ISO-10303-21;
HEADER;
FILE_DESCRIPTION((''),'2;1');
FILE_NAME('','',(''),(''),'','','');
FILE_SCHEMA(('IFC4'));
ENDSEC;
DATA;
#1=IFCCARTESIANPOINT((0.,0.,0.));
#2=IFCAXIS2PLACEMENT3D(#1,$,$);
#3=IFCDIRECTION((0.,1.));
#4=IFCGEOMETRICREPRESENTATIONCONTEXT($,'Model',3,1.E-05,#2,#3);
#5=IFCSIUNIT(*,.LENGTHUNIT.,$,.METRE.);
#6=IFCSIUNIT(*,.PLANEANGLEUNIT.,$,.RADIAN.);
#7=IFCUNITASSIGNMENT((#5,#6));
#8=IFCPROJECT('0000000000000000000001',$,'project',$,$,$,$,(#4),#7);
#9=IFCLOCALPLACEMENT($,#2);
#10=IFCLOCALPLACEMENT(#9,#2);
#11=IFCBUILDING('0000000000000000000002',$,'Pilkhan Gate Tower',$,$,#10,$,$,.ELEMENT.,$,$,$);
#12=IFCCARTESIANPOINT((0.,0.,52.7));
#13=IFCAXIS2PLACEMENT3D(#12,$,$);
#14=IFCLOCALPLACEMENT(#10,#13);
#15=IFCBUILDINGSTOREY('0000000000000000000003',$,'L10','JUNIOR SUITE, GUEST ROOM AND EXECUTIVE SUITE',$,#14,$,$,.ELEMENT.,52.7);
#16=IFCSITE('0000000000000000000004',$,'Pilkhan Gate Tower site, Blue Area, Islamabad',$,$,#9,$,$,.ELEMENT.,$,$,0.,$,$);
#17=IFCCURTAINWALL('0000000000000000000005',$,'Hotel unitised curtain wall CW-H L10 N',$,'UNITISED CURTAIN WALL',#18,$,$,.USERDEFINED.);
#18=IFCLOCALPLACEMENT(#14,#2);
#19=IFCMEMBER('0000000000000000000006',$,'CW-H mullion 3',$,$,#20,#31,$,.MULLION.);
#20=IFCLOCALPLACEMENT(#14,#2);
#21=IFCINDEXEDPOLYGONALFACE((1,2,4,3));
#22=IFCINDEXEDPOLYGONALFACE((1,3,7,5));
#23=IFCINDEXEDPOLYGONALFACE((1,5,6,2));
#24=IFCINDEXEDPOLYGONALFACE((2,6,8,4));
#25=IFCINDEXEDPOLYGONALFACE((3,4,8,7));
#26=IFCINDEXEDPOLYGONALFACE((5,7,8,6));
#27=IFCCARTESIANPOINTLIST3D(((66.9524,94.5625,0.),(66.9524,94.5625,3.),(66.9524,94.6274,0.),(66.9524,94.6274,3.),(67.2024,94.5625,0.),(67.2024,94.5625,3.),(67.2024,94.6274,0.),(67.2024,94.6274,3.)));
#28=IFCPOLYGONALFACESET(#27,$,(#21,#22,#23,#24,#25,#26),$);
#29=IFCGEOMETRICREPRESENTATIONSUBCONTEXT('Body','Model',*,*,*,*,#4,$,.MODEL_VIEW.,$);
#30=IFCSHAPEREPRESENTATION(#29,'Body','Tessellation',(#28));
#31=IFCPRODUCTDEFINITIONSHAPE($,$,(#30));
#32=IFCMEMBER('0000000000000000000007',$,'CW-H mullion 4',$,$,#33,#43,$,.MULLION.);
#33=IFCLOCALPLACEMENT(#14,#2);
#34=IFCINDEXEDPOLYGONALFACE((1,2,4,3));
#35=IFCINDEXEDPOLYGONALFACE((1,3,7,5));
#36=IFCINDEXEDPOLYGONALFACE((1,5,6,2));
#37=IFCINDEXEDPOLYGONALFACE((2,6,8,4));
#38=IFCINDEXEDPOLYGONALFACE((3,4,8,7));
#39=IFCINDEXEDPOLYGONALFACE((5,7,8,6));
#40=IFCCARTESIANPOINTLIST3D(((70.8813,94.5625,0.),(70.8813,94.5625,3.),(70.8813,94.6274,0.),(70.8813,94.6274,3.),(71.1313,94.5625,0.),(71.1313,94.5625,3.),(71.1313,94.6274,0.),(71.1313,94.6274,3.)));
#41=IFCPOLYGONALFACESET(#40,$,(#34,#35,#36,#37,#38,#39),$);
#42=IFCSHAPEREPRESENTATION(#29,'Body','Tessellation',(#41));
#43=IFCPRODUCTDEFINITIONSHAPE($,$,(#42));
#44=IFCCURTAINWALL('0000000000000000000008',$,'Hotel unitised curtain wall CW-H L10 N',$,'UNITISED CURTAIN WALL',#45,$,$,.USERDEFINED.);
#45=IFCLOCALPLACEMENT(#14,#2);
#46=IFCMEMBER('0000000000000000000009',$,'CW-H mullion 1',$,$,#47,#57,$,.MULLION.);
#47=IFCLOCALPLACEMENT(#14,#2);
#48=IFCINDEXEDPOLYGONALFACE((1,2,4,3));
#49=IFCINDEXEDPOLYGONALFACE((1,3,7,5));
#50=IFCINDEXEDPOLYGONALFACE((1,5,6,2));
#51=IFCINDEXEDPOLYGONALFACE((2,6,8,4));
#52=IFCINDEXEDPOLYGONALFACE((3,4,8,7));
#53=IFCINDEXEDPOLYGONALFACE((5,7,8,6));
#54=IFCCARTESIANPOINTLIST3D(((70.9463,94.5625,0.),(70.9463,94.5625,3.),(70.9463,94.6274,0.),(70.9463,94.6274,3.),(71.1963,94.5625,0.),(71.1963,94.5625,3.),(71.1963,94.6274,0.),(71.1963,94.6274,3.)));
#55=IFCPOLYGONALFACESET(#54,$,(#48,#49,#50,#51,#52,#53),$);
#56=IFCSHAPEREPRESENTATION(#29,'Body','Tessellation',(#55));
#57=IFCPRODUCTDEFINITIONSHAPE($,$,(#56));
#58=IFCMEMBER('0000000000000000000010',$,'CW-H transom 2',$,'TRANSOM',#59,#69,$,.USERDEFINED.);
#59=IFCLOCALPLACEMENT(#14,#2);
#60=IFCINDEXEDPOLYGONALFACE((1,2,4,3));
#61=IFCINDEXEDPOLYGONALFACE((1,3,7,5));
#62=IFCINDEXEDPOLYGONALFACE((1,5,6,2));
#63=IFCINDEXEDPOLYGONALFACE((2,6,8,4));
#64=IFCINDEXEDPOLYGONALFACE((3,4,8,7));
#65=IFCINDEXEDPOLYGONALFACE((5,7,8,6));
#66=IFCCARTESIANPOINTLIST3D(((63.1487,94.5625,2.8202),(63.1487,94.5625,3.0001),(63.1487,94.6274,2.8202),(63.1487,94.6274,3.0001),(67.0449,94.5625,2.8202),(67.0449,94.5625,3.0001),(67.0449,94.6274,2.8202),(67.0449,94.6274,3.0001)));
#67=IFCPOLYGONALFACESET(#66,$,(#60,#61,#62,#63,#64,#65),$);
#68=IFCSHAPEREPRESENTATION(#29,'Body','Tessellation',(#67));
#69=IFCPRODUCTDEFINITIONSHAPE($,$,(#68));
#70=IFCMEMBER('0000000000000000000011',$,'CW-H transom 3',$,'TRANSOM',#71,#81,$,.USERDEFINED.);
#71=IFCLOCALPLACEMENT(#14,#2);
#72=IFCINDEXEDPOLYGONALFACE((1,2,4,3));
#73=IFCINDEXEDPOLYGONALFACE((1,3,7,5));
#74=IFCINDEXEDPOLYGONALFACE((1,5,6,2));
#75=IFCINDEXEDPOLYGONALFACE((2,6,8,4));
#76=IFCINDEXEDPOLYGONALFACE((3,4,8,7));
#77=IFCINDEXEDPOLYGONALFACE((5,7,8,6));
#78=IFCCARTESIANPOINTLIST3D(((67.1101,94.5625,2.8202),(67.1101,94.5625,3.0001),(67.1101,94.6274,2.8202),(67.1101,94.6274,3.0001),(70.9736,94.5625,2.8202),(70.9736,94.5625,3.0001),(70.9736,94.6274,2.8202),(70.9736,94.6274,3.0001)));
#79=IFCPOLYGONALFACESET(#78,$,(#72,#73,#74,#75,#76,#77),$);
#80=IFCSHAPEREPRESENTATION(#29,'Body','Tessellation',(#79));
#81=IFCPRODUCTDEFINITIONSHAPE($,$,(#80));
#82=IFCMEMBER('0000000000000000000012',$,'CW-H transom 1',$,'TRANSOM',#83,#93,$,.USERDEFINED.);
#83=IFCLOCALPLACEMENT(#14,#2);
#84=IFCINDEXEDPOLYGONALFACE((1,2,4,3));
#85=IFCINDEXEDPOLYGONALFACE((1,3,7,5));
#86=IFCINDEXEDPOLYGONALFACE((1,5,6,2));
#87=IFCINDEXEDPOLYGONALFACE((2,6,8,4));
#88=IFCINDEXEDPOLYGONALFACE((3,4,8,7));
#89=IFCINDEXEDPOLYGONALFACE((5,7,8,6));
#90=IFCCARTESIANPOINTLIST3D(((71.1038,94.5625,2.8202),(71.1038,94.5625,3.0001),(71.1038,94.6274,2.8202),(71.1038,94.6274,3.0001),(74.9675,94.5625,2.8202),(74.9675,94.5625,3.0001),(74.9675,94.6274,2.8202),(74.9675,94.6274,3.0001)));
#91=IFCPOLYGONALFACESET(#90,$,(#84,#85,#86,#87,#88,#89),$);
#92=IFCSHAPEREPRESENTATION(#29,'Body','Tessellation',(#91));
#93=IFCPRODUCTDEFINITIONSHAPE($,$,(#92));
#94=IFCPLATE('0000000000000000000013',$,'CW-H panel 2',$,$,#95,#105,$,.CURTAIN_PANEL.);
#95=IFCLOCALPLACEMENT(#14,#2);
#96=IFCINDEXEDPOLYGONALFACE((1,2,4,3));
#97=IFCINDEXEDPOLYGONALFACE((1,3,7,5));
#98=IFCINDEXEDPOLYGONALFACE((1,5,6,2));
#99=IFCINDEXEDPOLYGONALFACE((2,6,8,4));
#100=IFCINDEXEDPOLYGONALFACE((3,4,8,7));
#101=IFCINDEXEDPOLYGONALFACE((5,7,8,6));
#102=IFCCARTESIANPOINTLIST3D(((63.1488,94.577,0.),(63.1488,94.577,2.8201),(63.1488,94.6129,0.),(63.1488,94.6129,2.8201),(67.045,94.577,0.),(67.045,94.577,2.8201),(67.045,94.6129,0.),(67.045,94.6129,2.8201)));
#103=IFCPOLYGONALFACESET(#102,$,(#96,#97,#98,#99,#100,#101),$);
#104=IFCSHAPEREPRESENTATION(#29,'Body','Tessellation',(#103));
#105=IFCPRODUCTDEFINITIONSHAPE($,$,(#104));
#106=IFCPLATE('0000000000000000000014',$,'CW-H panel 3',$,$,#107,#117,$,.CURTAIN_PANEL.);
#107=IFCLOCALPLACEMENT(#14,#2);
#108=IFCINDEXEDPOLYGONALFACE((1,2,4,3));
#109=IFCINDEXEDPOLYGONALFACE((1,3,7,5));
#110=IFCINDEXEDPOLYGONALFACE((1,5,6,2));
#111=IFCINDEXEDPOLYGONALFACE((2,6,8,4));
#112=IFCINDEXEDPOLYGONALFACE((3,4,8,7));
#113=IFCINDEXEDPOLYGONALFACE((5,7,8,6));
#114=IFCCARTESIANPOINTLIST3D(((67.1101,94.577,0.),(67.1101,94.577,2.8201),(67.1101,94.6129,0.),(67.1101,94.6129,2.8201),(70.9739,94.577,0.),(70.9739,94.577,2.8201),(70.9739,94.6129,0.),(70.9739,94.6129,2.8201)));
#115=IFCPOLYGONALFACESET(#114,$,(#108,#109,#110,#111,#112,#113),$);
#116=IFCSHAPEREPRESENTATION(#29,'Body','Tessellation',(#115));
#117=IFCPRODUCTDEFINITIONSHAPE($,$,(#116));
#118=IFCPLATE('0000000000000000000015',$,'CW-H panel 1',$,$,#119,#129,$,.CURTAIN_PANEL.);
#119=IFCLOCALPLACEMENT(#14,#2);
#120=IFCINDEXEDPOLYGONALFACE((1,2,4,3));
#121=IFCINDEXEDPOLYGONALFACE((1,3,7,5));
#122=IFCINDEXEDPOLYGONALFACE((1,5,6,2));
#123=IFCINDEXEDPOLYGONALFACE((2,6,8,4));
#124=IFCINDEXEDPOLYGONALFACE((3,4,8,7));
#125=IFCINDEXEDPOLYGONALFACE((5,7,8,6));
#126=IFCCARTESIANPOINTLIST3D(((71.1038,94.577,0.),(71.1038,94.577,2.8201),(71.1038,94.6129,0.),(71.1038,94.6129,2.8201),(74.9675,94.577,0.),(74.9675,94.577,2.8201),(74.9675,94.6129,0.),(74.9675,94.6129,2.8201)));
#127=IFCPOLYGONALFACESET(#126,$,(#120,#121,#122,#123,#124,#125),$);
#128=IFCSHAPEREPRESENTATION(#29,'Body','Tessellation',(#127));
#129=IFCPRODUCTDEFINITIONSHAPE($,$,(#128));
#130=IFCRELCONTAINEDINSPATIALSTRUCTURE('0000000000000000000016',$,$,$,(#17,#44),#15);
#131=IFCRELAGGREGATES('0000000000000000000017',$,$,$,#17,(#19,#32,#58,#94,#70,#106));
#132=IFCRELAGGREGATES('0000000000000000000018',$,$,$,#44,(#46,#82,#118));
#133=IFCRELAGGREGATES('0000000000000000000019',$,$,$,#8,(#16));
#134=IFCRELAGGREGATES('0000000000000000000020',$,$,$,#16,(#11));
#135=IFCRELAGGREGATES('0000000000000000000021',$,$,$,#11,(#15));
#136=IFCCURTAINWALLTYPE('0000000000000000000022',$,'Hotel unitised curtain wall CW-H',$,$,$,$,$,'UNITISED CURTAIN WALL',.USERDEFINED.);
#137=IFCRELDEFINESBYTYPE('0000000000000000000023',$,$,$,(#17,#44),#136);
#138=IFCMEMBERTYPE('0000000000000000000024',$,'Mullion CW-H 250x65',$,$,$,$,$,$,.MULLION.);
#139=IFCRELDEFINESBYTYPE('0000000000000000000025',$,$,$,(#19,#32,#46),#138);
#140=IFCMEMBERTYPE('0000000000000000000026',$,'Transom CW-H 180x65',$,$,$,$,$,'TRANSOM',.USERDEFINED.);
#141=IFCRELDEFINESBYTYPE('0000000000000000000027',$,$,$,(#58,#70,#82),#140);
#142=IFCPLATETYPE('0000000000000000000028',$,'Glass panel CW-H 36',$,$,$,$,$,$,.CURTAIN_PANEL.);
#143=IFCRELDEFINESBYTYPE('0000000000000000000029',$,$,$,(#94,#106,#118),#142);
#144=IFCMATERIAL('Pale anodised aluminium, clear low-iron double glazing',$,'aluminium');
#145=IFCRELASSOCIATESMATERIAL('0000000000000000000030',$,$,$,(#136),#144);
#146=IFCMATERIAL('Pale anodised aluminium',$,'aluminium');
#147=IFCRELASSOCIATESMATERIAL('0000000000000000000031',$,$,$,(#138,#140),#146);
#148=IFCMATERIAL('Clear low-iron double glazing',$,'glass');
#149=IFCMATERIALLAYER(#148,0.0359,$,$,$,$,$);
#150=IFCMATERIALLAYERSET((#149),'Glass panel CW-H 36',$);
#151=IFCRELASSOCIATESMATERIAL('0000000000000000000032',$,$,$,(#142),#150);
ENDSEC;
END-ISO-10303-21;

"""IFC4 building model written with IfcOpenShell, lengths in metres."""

from ifc_helpers import new_model, si_unit, direction, frame, origin, origin_2d, place, context, subcontext, project, spatial, rectangle, extrude, material, layer, layer_set, material_profile, profile_set, type_object, element, aggregate, save


model = new_model("IFC4")

# Units and contexts
model_context = context("Model", 3, precision=1e-05, world=origin(), true_north=direction((0.0, 1.0)))
body_context = subcontext(model_context, "Body", "Model", "MODEL_VIEW")
ifc_project = project(units=[si_unit("LENGTHUNIT", "METRE"), si_unit("PLANEANGLEUNIT", "RADIAN")], contexts=[model_context])

# Site, building, storey
site_placement = place(None, origin())
site = spatial("IfcSite", under=ifc_project, at=site_placement, Name="Pilkhan Gate Tower site, Blue Area, Islamabad", CompositionType="ELEMENT", RefElevation=0.0)
building_placement = place(site_placement, origin())
building = spatial("IfcBuilding", under=site, at=building_placement, Name="Pilkhan Gate Tower", CompositionType="ELEMENT")
storey_placement = place(building_placement, frame((0.0, 0.0, 52.7)))
storey = spatial("IfcBuildingStorey", under=building, at=storey_placement, Name="L10", Description="JUNIOR SUITE, GUEST ROOM AND EXECUTIVE SUITE", CompositionType="ELEMENT", Elevation=52.7)

# Curtain wall, members
ifc_material_1 = material(Name="Pale anodised aluminium, clear low-iron double glazing", Category="aluminium")
curtain_wall_type = type_object("IfcCurtainWallType", Name="Hotel unitised curtain wall CW-H", ElementType="UNITISED CURTAIN WALL", PredefinedType="USERDEFINED", material=ifc_material_1)
curtain_wall_1_placement = place(storey_placement, origin())
curtain_wall_1 = element("IfcCurtainWall", 1, at=curtain_wall_1_placement, inside=storey, type_object=curtain_wall_type, Name="Hotel unitised curtain wall CW-H L10 N", ObjectType="UNITISED CURTAIN WALL", PredefinedType="USERDEFINED")
ifc_material_2 = material(Name="Pale anodised aluminium", Category="aluminium")
ifc_material_profile_1 = material_profile(ifc_material_2, rectangle(XDim=0.0649, YDim=0.25, at=origin_2d()), Name="Mullion 250x65")
ifc_profile_set_1 = profile_set([ifc_material_profile_1], Name="Pale anodised aluminium")
member_type_1 = type_object("IfcMemberType", Name="Mullion CW-H 250x65", PredefinedType="MULLION", material=ifc_profile_set_1)
member_1_placement = place(storey_placement, frame((67.0774, 94.595, 0.0), z_axis=(0.0, 0.0, 1.0), x_axis=(0.0, 1.0, 0.0)))
member_1 = element("IfcMember", 2, at=member_1_placement, type_object=member_type_1, Name="CW-H mullion 3", PredefinedType="MULLION", context=body_context, shape_type="SweptSolid", body=[
    extrude(rectangle(XDim=0.0649, YDim=0.25, at=origin_2d()), origin(), (0.0, 0.0, 1.0), 3.0),
])
member_2_placement = place(storey_placement, frame((71.0063, 94.595, 0.0), z_axis=(0.0, 0.0, 1.0), x_axis=(0.0, 1.0, 0.0)))
member_2 = element("IfcMember", 3, at=member_2_placement, type_object=member_type_1, Name="CW-H mullion 4", PredefinedType="MULLION", context=body_context, shape_type="SweptSolid", body=[
    extrude(rectangle(XDim=0.0649, YDim=0.25, at=origin_2d()), origin(), (0.0, 0.0, 1.0), 3.0),
])

# Curtain wall, member
curtain_wall_2_placement = place(storey_placement, origin())
curtain_wall_2 = element("IfcCurtainWall", 4, at=curtain_wall_2_placement, inside=storey, type_object=curtain_wall_type, Name="Hotel unitised curtain wall CW-H L10 N", ObjectType="UNITISED CURTAIN WALL", PredefinedType="USERDEFINED")
member_3_placement = place(storey_placement, frame((71.0713, 94.595, 0.0), z_axis=(0.0, 0.0, 1.0), x_axis=(0.0, 1.0, 0.0)))
member_3 = element("IfcMember", 5, at=member_3_placement, type_object=member_type_1, Name="CW-H mullion 1", PredefinedType="MULLION", context=body_context, shape_type="SweptSolid", body=[
    extrude(rectangle(XDim=0.0649, YDim=0.25, at=origin_2d()), origin(), (0.0, 0.0, 1.0), 3.0),
])

# Members
ifc_material_profile_2 = material_profile(ifc_material_2, rectangle(XDim=0.0649, YDim=0.1799, at=origin_2d()), Name="Transom 180x65")
ifc_profile_set_2 = profile_set([ifc_material_profile_2], Name="Pale anodised aluminium")
member_type_2 = type_object("IfcMemberType", Name="Transom CW-H 180x65", ElementType="TRANSOM", PredefinedType="USERDEFINED", material=ifc_profile_set_2)
member_4_placement = place(storey_placement, frame((63.1487, 94.595, 2.9102), z_axis=(1.0, 0.0, 0.0), x_axis=(0.0, 1.0, 0.0)))
member_4 = element("IfcMember", 6, at=member_4_placement, type_object=member_type_2, Name="CW-H transom 2", ObjectType="TRANSOM", PredefinedType="USERDEFINED", context=body_context, shape_type="SweptSolid", body=[
    extrude(rectangle(XDim=0.0649, YDim=0.1799, at=origin_2d()), origin(), (0.0, 0.0, 1.0), 3.8962),
])
member_5_placement = place(storey_placement, frame((67.1101, 94.595, 2.9102), z_axis=(1.0, 0.0, 0.0), x_axis=(0.0, 1.0, 0.0)))
member_5 = element("IfcMember", 7, at=member_5_placement, type_object=member_type_2, Name="CW-H transom 3", ObjectType="TRANSOM", PredefinedType="USERDEFINED", context=body_context, shape_type="SweptSolid", body=[
    extrude(rectangle(XDim=0.0649, YDim=0.1799, at=origin_2d()), origin(), (0.0, 0.0, 1.0), 3.8635),
])
member_6_placement = place(storey_placement, frame((71.1038, 94.595, 2.9102), z_axis=(1.0, 0.0, 0.0), x_axis=(0.0, 1.0, 0.0)))
member_6 = element("IfcMember", 8, at=member_6_placement, type_object=member_type_2, Name="CW-H transom 1", ObjectType="TRANSOM", PredefinedType="USERDEFINED", context=body_context, shape_type="SweptSolid", body=[
    extrude(rectangle(XDim=0.0649, YDim=0.1799, at=origin_2d()), origin(), (0.0, 0.0, 1.0), 3.8638),
])

# Plates
ifc_material_3 = material(Name="Clear low-iron double glazing", Category="glass")
ifc_layer_1 = layer(ifc_material_3, 0.0359)
ifc_layer_set_1 = layer_set([ifc_layer_1], Name="Glass panel CW-H 36")
plate_type = type_object("IfcPlateType", Name="Glass panel CW-H 36", PredefinedType="CURTAIN_PANEL", material=ifc_layer_set_1)
plate_1_placement = place(storey_placement, frame((65.0969, 94.595, 0.0), z_axis=(0.0, 0.0, 1.0), x_axis=(1.0, 0.0, 0.0)))
plate_1 = element("IfcPlate", 9, at=plate_1_placement, type_object=plate_type, Name="CW-H panel 2", PredefinedType="CURTAIN_PANEL", context=body_context, shape_type="SweptSolid", body=[
    extrude(rectangle(XDim=3.8962, YDim=0.0359, at=origin_2d()), origin(), (0.0, 0.0, 1.0), 2.8201),
])
plate_2_placement = place(storey_placement, frame((69.042, 94.595, 0.0), z_axis=(0.0, 0.0, 1.0), x_axis=(1.0, 0.0, 0.0)))
plate_2 = element("IfcPlate", 10, at=plate_2_placement, type_object=plate_type, Name="CW-H panel 3", PredefinedType="CURTAIN_PANEL", context=body_context, shape_type="SweptSolid", body=[
    extrude(rectangle(XDim=3.8638, YDim=0.0359, at=origin_2d()), origin(), (0.0, 0.0, 1.0), 2.8201),
])
aggregate(curtain_wall_1, [member_1, member_2, member_4, plate_1, member_5, plate_2])
plate_3_placement = place(storey_placement, frame((73.0356, 94.595, 0.0), z_axis=(0.0, 0.0, 1.0), x_axis=(1.0, 0.0, 0.0)))
plate_3 = element("IfcPlate", 11, at=plate_3_placement, type_object=plate_type, Name="CW-H panel 1", PredefinedType="CURTAIN_PANEL", context=body_context, shape_type="SweptSolid", body=[
    extrude(rectangle(XDim=3.8638, YDim=0.0359, at=origin_2d()), origin(), (0.0, 0.0, 1.0), 2.8201),
])
aggregate(curtain_wall_2, [member_3, member_6, plate_3])

save(model, "model.ifc")
